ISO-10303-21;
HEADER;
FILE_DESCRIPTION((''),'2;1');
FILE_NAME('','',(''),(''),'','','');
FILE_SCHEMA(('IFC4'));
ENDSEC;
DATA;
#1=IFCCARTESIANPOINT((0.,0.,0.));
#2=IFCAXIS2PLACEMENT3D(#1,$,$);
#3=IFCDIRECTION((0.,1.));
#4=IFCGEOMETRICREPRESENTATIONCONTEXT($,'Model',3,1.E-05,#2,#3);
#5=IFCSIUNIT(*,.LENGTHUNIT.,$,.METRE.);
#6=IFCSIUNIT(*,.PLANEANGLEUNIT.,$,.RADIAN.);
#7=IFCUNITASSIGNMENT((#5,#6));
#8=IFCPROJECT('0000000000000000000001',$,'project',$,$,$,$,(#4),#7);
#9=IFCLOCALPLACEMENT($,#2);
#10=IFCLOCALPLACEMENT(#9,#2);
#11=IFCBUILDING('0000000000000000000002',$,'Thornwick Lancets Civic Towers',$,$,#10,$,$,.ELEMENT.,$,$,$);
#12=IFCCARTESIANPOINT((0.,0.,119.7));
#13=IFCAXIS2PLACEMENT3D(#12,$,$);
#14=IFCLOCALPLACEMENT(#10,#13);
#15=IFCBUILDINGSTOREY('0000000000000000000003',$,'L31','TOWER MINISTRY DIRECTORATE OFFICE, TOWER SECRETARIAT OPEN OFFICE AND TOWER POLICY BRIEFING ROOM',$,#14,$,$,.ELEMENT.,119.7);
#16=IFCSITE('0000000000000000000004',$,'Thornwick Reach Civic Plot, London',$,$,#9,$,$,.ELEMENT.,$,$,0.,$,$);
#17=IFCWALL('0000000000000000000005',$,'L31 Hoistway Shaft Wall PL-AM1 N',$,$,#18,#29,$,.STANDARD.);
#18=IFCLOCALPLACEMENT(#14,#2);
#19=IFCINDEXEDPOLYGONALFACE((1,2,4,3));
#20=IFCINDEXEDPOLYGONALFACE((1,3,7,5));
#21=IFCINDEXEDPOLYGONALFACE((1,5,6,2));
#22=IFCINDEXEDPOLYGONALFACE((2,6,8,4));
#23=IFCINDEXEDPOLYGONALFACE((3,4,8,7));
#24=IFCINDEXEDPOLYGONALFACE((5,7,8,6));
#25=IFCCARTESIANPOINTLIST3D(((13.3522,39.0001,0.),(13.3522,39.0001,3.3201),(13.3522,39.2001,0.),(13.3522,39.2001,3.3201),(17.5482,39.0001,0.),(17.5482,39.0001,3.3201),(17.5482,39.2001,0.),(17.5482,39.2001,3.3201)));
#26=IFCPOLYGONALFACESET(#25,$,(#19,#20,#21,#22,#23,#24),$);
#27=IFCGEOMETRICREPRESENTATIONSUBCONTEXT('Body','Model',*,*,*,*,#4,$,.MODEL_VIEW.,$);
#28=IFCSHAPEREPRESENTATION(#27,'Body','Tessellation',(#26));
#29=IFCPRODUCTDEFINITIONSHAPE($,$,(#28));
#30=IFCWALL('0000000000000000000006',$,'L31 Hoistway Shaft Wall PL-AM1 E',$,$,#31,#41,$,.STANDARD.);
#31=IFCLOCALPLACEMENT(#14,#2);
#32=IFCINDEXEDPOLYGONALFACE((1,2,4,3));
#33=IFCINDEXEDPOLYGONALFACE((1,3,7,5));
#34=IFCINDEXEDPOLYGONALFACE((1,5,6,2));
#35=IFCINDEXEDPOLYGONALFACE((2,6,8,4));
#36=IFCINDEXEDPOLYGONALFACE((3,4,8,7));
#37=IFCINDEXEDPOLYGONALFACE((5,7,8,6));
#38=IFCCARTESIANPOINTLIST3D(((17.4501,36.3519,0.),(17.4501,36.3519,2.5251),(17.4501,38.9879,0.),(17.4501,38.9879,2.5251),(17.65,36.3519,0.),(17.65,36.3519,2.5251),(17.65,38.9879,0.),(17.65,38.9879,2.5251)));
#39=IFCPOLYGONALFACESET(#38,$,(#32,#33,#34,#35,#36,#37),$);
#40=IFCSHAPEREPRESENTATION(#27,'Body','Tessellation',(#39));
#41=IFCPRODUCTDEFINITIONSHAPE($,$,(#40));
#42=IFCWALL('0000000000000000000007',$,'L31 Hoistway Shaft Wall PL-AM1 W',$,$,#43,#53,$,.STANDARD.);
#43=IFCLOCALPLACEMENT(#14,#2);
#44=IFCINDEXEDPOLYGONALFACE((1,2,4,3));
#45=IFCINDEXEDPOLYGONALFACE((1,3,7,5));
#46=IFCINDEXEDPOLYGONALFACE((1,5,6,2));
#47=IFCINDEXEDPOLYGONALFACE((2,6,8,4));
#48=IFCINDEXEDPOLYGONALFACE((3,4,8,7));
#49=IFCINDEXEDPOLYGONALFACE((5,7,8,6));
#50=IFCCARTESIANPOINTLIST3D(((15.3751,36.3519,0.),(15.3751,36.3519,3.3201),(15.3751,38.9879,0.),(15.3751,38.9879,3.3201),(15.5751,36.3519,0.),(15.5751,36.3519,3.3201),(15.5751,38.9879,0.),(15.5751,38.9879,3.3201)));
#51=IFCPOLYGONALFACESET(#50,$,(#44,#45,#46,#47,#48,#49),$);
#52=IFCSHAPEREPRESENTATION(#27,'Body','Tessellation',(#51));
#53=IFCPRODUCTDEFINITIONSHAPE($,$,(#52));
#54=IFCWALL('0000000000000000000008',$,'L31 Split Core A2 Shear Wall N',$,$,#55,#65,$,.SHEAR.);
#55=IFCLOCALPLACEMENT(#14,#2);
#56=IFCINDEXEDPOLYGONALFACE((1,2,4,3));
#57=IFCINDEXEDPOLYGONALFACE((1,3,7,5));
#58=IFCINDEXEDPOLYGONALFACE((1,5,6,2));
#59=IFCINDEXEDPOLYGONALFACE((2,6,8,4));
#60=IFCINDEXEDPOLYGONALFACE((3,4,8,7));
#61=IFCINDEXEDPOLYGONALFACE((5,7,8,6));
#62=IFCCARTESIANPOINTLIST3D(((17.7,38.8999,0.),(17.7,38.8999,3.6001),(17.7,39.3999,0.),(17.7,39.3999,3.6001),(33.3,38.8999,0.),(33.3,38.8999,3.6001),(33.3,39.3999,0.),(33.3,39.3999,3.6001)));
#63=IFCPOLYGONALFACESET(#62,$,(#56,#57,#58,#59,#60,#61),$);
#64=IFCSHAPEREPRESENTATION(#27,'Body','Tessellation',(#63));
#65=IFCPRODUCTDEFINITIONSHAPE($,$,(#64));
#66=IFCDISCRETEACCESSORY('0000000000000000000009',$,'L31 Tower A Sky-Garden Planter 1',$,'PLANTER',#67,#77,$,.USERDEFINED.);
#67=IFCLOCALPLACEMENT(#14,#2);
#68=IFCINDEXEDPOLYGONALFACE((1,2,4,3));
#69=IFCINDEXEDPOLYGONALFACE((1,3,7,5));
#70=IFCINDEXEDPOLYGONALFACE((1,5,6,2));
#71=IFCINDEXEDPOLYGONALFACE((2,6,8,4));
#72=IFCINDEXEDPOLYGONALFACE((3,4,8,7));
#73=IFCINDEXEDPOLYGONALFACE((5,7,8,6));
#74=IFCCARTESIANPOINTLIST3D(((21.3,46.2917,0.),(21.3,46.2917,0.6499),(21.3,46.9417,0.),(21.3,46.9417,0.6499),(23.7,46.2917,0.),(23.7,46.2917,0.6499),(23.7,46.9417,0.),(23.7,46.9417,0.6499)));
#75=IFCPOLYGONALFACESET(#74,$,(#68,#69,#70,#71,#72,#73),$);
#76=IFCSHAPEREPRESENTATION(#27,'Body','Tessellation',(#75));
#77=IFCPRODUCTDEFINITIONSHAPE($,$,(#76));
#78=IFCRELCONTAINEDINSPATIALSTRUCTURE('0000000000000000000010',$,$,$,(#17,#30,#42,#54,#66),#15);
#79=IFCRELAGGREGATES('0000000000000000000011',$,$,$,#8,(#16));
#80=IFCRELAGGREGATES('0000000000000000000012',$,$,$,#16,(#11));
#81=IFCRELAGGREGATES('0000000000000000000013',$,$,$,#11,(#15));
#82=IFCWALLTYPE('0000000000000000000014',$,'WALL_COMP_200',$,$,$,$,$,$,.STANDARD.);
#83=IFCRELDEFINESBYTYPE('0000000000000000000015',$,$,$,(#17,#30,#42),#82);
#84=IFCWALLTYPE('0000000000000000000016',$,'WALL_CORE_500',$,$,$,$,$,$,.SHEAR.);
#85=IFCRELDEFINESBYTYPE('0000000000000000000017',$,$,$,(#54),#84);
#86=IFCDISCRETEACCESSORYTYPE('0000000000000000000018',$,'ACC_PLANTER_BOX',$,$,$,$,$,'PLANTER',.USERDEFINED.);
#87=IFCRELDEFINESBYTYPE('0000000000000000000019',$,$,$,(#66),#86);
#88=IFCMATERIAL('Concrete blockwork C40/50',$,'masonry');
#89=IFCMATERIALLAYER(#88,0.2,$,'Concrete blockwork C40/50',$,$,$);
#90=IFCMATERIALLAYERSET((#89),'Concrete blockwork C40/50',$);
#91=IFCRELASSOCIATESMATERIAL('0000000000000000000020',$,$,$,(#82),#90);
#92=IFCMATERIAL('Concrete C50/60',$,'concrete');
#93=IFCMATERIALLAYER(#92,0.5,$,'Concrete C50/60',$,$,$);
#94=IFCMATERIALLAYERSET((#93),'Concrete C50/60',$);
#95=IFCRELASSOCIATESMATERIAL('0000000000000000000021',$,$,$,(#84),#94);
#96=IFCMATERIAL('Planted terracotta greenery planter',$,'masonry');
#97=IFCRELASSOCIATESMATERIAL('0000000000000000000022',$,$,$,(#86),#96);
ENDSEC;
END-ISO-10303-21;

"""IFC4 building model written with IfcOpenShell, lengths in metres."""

from ifc_helpers import new_model, si_unit, direction, frame, frame_2d, origin, origin_2d, place, context, subcontext, project, spatial, rectangle, extrude, material, layer, layer_set, type_object, element, save


model = new_model("IFC4")

# Units and contexts
model_context = context("Model", 3, precision=1e-05, world=origin(), true_north=direction((0.0, 1.0)))
body_context = subcontext(model_context, "Body", "Model", "MODEL_VIEW")
ifc_project = project(units=[si_unit("LENGTHUNIT", "METRE"), si_unit("PLANEANGLEUNIT", "RADIAN")], contexts=[model_context])

# Site, building, storey
site_placement = place(None, origin())
site = spatial("IfcSite", under=ifc_project, at=site_placement, Name="Thornwick Reach Civic Plot, London", CompositionType="ELEMENT", RefElevation=0.0)
building_placement = place(site_placement, origin())
building = spatial("IfcBuilding", under=site, at=building_placement, Name="Thornwick Lancets Civic Towers", CompositionType="ELEMENT")
storey_placement = place(building_placement, frame((0.0, 0.0, 119.7)))
storey = spatial("IfcBuildingStorey", under=building, at=storey_placement, Name="L31", Description="TOWER MINISTRY DIRECTORATE OFFICE, TOWER SECRETARIAT OPEN OFFICE AND TOWER POLICY BRIEFING ROOM", CompositionType="ELEMENT", Elevation=119.7)

# Shared definitions
ifc_material_1 = material(Name="Concrete blockwork C40/50", Category="masonry")
ifc_layer_1 = layer(ifc_material_1, 0.2, Name="Concrete blockwork C40/50")
ifc_layer_set_1 = layer_set([ifc_layer_1], Name="Concrete blockwork C40/50")
wall_type_1 = type_object("IfcWallType", Name="WALL_COMP_200", PredefinedType="STANDARD", material=ifc_layer_set_1)

# Walls
wall_1_placement = place(storey_placement, frame((13.3521, 39.1001, 0.0), z_axis=(0.0, 0.0, 1.0), x_axis=(1.0, 0.0, 0.0)))
element("IfcWall", 1, at=wall_1_placement, inside=storey, type_object=wall_type_1, Name="L31 Hoistway Shaft Wall PL-AM1 N", PredefinedType="STANDARD", context=body_context, shape_type="SweptSolid", body=[
    extrude(rectangle(XDim=4.196, YDim=0.2, at=frame_2d((2.0981, 0.0))), origin(), (0.0, 0.0, 1.0), 3.3201),
])
wall_2_placement = place(storey_placement, frame((17.55, 36.3521, 0.0), z_axis=(0.0, 0.0, 1.0), x_axis=(0.0, 1.0, 0.0)))
element("IfcWall", 2, at=wall_2_placement, inside=storey, type_object=wall_type_1, Name="L31 Hoistway Shaft Wall PL-AM1 E", PredefinedType="STANDARD", context=body_context, shape_type="SweptSolid", body=[
    extrude(rectangle(XDim=2.636, YDim=0.2, at=frame_2d((1.3179, 0.0))), origin(), (0.0, 0.0, 1.0), 2.5251),
])
wall_3_placement = place(storey_placement, frame((15.4751, 36.3521, 0.0), z_axis=(0.0, 0.0, 1.0), x_axis=(0.0, 1.0, 0.0)))
element("IfcWall", 3, at=wall_3_placement, inside=storey, type_object=wall_type_1, Name="L31 Hoistway Shaft Wall PL-AM1 W", PredefinedType="STANDARD", context=body_context, shape_type="SweptSolid", body=[
    extrude(rectangle(XDim=2.636, YDim=0.2, at=frame_2d((1.3179, 0.0))), origin(), (0.0, 0.0, 1.0), 3.3201),
])
ifc_material_2 = material(Name="Concrete C50/60", Category="concrete")
ifc_layer_2 = layer(ifc_material_2, 0.5, Name="Concrete C50/60")
ifc_layer_set_2 = layer_set([ifc_layer_2], Name="Concrete C50/60")
wall_type_2 = type_object("IfcWallType", Name="WALL_CORE_500", PredefinedType="SHEAR", material=ifc_layer_set_2)
wall_4_placement = place(storey_placement, frame((17.7, 39.1499, 0.0), z_axis=(0.0, 0.0, 1.0), x_axis=(1.0, 0.0, 0.0)))
element("IfcWall", 4, at=wall_4_placement, inside=storey, type_object=wall_type_2, Name="L31 Split Core A2 Shear Wall N", PredefinedType="SHEAR", context=body_context, shape_type="SweptSolid", body=[
    extrude(rectangle(XDim=15.6001, YDim=0.5, at=frame_2d((7.8, 0.0))), origin(), (0.0, 0.0, 1.0), 3.6001),
])

# Discrete accessory
ifc_material_3 = material(Name="Planted terracotta greenery planter", Category="masonry")
discrete_accessory_type = type_object("IfcDiscreteAccessoryType", Name="ACC_PLANTER_BOX", ElementType="PLANTER", PredefinedType="USERDEFINED", material=ifc_material_3)
discrete_accessory_placement = place(storey_placement, frame((22.5, 46.6167, 0.0), z_axis=(0.0, 0.0, 1.0), x_axis=(1.0, 0.0, 0.0)))
element("IfcDiscreteAccessory", 5, at=discrete_accessory_placement, inside=storey, type_object=discrete_accessory_type, Name="L31 Tower A Sky-Garden Planter 1", ObjectType="PLANTER", PredefinedType="USERDEFINED", context=body_context, shape_type="SweptSolid", body=[
    extrude(rectangle(XDim=2.3999, YDim=0.6499, at=origin_2d()), origin(), (0.0, 0.0, 1.0), 0.6499),
])

save(model, "model.ifc")
